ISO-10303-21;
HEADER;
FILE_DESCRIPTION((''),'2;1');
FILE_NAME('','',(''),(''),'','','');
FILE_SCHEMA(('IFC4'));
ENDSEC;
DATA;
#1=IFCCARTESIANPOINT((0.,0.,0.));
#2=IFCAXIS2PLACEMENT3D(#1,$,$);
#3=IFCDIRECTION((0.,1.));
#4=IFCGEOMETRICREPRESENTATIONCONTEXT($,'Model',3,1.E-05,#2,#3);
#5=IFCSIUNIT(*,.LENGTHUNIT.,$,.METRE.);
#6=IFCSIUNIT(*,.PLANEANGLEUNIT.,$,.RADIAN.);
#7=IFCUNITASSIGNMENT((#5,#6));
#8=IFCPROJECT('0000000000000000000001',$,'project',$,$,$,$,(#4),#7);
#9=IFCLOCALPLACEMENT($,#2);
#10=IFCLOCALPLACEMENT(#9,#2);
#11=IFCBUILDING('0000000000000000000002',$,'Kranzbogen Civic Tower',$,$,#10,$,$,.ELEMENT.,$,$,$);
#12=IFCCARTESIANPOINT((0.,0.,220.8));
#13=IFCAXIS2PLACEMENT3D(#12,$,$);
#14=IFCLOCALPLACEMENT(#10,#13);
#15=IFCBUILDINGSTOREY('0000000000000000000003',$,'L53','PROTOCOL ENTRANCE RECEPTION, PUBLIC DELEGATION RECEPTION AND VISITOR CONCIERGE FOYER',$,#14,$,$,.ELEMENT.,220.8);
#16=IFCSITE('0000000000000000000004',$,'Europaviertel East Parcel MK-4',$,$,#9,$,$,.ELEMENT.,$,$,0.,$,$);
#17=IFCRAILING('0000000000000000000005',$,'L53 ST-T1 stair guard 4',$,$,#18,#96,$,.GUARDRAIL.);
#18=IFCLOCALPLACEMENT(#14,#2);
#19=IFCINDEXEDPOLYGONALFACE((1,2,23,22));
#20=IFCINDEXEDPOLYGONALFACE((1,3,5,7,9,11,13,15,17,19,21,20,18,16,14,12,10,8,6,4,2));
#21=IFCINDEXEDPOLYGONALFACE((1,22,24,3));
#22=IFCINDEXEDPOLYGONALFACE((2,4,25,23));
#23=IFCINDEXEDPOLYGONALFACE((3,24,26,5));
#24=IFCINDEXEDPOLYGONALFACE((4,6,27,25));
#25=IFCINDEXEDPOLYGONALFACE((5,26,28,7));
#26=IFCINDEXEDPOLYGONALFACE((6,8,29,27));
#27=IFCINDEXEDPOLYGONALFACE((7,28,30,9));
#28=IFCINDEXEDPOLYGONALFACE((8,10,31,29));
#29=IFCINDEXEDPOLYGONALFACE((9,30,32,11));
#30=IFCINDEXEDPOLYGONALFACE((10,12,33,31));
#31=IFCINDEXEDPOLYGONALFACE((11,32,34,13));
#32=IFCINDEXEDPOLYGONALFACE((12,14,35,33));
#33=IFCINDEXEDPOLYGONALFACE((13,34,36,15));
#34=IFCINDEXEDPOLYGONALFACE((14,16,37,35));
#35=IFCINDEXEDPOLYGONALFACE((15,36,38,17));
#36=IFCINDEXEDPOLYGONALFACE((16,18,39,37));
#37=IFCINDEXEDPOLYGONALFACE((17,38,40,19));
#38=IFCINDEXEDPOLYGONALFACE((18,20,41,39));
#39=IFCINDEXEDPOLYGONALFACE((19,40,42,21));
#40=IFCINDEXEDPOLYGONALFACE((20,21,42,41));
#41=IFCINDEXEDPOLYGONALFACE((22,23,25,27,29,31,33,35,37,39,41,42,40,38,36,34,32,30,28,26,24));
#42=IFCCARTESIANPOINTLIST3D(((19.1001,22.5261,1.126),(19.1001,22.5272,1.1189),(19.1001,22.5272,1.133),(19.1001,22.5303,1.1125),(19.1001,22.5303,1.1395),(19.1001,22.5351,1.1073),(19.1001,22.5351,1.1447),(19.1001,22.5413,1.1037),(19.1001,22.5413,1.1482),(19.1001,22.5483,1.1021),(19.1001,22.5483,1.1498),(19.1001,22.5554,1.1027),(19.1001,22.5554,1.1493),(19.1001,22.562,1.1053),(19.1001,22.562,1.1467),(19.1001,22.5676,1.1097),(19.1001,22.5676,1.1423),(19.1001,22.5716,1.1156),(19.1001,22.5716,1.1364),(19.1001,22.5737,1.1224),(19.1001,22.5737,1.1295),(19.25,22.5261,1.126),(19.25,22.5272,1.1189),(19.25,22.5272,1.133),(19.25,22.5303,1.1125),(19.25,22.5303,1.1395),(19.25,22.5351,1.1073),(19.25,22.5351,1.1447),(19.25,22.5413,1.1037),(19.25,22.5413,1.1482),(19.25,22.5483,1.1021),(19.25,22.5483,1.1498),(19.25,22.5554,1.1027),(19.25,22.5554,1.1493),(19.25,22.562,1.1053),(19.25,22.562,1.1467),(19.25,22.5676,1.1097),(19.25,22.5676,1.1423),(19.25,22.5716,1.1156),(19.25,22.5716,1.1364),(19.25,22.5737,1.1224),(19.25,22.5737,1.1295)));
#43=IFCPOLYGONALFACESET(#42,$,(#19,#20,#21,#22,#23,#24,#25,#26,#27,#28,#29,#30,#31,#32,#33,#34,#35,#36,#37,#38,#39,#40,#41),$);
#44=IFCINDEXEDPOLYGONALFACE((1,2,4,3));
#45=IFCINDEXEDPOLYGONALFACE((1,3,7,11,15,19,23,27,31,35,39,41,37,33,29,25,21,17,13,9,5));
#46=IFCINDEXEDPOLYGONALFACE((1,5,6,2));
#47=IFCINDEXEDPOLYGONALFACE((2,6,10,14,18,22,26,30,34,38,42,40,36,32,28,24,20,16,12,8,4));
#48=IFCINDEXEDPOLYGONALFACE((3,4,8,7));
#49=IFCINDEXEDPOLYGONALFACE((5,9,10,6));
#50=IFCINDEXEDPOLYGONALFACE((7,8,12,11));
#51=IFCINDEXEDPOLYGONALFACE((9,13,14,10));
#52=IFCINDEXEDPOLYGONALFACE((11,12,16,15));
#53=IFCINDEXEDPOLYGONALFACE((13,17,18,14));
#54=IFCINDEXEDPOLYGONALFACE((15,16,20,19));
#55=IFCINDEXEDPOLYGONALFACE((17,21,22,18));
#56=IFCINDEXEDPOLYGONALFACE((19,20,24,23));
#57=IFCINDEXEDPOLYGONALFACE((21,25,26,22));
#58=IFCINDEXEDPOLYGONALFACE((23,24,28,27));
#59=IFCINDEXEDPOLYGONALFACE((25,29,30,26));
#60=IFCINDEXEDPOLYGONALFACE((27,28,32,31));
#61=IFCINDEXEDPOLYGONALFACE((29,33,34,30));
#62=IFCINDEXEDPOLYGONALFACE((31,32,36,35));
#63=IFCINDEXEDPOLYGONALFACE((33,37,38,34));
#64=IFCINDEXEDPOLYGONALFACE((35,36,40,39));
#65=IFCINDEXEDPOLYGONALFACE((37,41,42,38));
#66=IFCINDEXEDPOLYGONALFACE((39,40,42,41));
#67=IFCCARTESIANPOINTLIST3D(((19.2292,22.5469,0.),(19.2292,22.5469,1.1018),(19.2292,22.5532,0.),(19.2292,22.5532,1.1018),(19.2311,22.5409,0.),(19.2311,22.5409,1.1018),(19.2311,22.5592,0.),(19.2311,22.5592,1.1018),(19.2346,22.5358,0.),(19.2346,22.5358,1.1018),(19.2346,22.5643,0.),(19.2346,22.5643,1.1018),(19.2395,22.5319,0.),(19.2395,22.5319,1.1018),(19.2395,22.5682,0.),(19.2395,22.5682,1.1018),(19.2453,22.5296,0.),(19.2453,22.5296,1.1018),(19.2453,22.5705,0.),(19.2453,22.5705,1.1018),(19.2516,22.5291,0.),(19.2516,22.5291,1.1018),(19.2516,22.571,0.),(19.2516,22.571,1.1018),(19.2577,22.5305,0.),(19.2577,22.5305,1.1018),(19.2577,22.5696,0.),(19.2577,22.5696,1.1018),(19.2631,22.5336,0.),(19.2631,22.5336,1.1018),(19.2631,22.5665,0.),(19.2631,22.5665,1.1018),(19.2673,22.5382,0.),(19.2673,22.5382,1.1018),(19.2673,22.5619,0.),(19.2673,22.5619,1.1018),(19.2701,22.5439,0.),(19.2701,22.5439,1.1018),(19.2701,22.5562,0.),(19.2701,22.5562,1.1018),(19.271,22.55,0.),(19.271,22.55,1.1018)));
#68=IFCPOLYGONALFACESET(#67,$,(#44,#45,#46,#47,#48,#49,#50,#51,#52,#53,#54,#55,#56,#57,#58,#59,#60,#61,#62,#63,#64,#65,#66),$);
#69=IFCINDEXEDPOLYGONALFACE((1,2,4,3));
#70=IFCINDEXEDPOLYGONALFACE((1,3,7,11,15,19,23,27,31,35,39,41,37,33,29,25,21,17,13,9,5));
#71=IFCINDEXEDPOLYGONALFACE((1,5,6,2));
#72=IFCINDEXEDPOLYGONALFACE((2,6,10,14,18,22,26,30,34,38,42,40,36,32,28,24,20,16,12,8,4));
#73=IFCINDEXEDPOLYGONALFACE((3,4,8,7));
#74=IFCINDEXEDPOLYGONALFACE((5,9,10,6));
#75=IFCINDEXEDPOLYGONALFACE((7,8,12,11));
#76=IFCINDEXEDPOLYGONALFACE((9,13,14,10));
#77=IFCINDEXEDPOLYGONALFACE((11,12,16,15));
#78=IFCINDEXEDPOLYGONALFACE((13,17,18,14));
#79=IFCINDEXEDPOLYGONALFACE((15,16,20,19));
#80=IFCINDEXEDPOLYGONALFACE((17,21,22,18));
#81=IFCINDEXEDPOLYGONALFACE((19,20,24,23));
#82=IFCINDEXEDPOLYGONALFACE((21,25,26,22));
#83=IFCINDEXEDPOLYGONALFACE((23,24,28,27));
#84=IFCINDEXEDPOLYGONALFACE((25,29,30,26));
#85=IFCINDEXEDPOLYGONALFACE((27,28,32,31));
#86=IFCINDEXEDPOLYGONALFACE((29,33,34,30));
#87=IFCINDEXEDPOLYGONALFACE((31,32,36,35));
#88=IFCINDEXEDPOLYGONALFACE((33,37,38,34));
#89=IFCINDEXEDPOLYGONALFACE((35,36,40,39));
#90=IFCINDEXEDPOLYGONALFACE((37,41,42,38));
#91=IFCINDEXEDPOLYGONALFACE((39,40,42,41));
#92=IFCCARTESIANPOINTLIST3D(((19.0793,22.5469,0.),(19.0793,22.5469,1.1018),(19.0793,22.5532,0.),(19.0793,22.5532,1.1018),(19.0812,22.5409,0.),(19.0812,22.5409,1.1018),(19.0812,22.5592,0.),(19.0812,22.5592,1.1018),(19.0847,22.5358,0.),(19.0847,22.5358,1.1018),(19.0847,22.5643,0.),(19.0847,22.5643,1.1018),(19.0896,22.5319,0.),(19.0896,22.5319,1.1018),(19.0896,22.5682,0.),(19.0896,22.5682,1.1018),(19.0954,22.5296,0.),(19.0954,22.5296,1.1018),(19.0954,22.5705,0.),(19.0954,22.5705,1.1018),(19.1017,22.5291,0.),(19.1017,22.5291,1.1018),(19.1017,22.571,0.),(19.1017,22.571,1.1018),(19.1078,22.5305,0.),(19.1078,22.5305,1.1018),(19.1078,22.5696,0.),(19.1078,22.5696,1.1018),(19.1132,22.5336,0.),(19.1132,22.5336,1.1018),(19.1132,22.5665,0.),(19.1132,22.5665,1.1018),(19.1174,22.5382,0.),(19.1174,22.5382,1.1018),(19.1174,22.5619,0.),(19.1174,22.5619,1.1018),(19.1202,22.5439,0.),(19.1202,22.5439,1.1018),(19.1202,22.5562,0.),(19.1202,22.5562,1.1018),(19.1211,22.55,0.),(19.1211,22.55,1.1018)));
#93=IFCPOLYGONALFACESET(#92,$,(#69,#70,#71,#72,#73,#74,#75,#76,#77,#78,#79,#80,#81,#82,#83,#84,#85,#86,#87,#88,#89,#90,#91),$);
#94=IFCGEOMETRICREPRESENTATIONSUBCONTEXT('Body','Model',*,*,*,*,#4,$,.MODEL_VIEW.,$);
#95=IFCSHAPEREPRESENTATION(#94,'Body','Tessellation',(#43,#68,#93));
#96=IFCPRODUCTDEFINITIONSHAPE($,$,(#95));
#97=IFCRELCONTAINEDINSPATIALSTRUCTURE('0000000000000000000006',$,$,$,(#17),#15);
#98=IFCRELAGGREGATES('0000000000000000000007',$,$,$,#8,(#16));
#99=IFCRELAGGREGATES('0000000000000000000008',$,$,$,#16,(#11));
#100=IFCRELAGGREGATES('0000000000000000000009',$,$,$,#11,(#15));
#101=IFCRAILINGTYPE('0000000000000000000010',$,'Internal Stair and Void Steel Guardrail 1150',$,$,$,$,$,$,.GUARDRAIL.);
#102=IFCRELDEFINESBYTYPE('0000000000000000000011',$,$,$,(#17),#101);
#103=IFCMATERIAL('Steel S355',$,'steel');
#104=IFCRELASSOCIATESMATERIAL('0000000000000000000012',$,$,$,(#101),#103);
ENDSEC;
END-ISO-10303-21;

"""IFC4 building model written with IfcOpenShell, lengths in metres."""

from ifc_helpers import new_model, si_unit, direction, frame, origin, origin_2d, place, context, subcontext, project, spatial, circle, extrude, material, type_object, element, save


model = new_model("IFC4")

# Units and contexts
model_context = context("Model", 3, precision=1e-05, world=origin(), true_north=direction((0.0, 1.0)))
body_context = subcontext(model_context, "Body", "Model", "MODEL_VIEW")
ifc_project = project(units=[si_unit("LENGTHUNIT", "METRE"), si_unit("PLANEANGLEUNIT", "RADIAN")], contexts=[model_context])

# Site, building, storey
site_placement = place(None, origin())
site = spatial("IfcSite", under=ifc_project, at=site_placement, Name="Europaviertel East Parcel MK-4", CompositionType="ELEMENT", RefElevation=0.0)
building_placement = place(site_placement, origin())
building = spatial("IfcBuilding", under=site, at=building_placement, Name="Kranzbogen Civic Tower", CompositionType="ELEMENT")
storey_placement = place(building_placement, frame((0.0, 0.0, 220.8)))
storey = spatial("IfcBuildingStorey", under=building, at=storey_placement, Name="L53", Description="PROTOCOL ENTRANCE RECEPTION, PUBLIC DELEGATION RECEPTION AND VISITOR CONCIERGE FOYER", CompositionType="ELEMENT", Elevation=220.8)

# Shared definitions
ifc_material_1 = material(Name="Steel S355", Category="steel")

# Railing
railing_type_1 = type_object("IfcRailingType", Name="Internal Stair and Void Steel Guardrail 1150", PredefinedType="GUARDRAIL", material=ifc_material_1)
railing_1_placement = place(storey_placement, frame((19.25, 22.55, 0.0)))
element("IfcRailing", 1, at=railing_1_placement, inside=storey, type_object=railing_type_1, Name="L53 ST-T1 stair guard 4", PredefinedType="GUARDRAIL", context=body_context, shape_type="SweptSolid", body=[
    extrude(circle(Radius=0.0239, at=origin_2d()), frame((0.0, 0.0, 1.126), z_axis=(-1.0, 0.0, 0.0), x_axis=(0.0, -1.0, 0.0)), (0.0, 0.0, 1.0), 0.1499),
    extrude(circle(Radius=0.021, at=origin_2d()), origin(), (0.0, 0.0, 1.0), 1.1018),
    extrude(circle(Radius=0.021, at=origin_2d()), frame((-0.1499, 0.0, 0.0)), (0.0, 0.0, 1.0), 1.1018),
])

save(model, "model.ifc")
